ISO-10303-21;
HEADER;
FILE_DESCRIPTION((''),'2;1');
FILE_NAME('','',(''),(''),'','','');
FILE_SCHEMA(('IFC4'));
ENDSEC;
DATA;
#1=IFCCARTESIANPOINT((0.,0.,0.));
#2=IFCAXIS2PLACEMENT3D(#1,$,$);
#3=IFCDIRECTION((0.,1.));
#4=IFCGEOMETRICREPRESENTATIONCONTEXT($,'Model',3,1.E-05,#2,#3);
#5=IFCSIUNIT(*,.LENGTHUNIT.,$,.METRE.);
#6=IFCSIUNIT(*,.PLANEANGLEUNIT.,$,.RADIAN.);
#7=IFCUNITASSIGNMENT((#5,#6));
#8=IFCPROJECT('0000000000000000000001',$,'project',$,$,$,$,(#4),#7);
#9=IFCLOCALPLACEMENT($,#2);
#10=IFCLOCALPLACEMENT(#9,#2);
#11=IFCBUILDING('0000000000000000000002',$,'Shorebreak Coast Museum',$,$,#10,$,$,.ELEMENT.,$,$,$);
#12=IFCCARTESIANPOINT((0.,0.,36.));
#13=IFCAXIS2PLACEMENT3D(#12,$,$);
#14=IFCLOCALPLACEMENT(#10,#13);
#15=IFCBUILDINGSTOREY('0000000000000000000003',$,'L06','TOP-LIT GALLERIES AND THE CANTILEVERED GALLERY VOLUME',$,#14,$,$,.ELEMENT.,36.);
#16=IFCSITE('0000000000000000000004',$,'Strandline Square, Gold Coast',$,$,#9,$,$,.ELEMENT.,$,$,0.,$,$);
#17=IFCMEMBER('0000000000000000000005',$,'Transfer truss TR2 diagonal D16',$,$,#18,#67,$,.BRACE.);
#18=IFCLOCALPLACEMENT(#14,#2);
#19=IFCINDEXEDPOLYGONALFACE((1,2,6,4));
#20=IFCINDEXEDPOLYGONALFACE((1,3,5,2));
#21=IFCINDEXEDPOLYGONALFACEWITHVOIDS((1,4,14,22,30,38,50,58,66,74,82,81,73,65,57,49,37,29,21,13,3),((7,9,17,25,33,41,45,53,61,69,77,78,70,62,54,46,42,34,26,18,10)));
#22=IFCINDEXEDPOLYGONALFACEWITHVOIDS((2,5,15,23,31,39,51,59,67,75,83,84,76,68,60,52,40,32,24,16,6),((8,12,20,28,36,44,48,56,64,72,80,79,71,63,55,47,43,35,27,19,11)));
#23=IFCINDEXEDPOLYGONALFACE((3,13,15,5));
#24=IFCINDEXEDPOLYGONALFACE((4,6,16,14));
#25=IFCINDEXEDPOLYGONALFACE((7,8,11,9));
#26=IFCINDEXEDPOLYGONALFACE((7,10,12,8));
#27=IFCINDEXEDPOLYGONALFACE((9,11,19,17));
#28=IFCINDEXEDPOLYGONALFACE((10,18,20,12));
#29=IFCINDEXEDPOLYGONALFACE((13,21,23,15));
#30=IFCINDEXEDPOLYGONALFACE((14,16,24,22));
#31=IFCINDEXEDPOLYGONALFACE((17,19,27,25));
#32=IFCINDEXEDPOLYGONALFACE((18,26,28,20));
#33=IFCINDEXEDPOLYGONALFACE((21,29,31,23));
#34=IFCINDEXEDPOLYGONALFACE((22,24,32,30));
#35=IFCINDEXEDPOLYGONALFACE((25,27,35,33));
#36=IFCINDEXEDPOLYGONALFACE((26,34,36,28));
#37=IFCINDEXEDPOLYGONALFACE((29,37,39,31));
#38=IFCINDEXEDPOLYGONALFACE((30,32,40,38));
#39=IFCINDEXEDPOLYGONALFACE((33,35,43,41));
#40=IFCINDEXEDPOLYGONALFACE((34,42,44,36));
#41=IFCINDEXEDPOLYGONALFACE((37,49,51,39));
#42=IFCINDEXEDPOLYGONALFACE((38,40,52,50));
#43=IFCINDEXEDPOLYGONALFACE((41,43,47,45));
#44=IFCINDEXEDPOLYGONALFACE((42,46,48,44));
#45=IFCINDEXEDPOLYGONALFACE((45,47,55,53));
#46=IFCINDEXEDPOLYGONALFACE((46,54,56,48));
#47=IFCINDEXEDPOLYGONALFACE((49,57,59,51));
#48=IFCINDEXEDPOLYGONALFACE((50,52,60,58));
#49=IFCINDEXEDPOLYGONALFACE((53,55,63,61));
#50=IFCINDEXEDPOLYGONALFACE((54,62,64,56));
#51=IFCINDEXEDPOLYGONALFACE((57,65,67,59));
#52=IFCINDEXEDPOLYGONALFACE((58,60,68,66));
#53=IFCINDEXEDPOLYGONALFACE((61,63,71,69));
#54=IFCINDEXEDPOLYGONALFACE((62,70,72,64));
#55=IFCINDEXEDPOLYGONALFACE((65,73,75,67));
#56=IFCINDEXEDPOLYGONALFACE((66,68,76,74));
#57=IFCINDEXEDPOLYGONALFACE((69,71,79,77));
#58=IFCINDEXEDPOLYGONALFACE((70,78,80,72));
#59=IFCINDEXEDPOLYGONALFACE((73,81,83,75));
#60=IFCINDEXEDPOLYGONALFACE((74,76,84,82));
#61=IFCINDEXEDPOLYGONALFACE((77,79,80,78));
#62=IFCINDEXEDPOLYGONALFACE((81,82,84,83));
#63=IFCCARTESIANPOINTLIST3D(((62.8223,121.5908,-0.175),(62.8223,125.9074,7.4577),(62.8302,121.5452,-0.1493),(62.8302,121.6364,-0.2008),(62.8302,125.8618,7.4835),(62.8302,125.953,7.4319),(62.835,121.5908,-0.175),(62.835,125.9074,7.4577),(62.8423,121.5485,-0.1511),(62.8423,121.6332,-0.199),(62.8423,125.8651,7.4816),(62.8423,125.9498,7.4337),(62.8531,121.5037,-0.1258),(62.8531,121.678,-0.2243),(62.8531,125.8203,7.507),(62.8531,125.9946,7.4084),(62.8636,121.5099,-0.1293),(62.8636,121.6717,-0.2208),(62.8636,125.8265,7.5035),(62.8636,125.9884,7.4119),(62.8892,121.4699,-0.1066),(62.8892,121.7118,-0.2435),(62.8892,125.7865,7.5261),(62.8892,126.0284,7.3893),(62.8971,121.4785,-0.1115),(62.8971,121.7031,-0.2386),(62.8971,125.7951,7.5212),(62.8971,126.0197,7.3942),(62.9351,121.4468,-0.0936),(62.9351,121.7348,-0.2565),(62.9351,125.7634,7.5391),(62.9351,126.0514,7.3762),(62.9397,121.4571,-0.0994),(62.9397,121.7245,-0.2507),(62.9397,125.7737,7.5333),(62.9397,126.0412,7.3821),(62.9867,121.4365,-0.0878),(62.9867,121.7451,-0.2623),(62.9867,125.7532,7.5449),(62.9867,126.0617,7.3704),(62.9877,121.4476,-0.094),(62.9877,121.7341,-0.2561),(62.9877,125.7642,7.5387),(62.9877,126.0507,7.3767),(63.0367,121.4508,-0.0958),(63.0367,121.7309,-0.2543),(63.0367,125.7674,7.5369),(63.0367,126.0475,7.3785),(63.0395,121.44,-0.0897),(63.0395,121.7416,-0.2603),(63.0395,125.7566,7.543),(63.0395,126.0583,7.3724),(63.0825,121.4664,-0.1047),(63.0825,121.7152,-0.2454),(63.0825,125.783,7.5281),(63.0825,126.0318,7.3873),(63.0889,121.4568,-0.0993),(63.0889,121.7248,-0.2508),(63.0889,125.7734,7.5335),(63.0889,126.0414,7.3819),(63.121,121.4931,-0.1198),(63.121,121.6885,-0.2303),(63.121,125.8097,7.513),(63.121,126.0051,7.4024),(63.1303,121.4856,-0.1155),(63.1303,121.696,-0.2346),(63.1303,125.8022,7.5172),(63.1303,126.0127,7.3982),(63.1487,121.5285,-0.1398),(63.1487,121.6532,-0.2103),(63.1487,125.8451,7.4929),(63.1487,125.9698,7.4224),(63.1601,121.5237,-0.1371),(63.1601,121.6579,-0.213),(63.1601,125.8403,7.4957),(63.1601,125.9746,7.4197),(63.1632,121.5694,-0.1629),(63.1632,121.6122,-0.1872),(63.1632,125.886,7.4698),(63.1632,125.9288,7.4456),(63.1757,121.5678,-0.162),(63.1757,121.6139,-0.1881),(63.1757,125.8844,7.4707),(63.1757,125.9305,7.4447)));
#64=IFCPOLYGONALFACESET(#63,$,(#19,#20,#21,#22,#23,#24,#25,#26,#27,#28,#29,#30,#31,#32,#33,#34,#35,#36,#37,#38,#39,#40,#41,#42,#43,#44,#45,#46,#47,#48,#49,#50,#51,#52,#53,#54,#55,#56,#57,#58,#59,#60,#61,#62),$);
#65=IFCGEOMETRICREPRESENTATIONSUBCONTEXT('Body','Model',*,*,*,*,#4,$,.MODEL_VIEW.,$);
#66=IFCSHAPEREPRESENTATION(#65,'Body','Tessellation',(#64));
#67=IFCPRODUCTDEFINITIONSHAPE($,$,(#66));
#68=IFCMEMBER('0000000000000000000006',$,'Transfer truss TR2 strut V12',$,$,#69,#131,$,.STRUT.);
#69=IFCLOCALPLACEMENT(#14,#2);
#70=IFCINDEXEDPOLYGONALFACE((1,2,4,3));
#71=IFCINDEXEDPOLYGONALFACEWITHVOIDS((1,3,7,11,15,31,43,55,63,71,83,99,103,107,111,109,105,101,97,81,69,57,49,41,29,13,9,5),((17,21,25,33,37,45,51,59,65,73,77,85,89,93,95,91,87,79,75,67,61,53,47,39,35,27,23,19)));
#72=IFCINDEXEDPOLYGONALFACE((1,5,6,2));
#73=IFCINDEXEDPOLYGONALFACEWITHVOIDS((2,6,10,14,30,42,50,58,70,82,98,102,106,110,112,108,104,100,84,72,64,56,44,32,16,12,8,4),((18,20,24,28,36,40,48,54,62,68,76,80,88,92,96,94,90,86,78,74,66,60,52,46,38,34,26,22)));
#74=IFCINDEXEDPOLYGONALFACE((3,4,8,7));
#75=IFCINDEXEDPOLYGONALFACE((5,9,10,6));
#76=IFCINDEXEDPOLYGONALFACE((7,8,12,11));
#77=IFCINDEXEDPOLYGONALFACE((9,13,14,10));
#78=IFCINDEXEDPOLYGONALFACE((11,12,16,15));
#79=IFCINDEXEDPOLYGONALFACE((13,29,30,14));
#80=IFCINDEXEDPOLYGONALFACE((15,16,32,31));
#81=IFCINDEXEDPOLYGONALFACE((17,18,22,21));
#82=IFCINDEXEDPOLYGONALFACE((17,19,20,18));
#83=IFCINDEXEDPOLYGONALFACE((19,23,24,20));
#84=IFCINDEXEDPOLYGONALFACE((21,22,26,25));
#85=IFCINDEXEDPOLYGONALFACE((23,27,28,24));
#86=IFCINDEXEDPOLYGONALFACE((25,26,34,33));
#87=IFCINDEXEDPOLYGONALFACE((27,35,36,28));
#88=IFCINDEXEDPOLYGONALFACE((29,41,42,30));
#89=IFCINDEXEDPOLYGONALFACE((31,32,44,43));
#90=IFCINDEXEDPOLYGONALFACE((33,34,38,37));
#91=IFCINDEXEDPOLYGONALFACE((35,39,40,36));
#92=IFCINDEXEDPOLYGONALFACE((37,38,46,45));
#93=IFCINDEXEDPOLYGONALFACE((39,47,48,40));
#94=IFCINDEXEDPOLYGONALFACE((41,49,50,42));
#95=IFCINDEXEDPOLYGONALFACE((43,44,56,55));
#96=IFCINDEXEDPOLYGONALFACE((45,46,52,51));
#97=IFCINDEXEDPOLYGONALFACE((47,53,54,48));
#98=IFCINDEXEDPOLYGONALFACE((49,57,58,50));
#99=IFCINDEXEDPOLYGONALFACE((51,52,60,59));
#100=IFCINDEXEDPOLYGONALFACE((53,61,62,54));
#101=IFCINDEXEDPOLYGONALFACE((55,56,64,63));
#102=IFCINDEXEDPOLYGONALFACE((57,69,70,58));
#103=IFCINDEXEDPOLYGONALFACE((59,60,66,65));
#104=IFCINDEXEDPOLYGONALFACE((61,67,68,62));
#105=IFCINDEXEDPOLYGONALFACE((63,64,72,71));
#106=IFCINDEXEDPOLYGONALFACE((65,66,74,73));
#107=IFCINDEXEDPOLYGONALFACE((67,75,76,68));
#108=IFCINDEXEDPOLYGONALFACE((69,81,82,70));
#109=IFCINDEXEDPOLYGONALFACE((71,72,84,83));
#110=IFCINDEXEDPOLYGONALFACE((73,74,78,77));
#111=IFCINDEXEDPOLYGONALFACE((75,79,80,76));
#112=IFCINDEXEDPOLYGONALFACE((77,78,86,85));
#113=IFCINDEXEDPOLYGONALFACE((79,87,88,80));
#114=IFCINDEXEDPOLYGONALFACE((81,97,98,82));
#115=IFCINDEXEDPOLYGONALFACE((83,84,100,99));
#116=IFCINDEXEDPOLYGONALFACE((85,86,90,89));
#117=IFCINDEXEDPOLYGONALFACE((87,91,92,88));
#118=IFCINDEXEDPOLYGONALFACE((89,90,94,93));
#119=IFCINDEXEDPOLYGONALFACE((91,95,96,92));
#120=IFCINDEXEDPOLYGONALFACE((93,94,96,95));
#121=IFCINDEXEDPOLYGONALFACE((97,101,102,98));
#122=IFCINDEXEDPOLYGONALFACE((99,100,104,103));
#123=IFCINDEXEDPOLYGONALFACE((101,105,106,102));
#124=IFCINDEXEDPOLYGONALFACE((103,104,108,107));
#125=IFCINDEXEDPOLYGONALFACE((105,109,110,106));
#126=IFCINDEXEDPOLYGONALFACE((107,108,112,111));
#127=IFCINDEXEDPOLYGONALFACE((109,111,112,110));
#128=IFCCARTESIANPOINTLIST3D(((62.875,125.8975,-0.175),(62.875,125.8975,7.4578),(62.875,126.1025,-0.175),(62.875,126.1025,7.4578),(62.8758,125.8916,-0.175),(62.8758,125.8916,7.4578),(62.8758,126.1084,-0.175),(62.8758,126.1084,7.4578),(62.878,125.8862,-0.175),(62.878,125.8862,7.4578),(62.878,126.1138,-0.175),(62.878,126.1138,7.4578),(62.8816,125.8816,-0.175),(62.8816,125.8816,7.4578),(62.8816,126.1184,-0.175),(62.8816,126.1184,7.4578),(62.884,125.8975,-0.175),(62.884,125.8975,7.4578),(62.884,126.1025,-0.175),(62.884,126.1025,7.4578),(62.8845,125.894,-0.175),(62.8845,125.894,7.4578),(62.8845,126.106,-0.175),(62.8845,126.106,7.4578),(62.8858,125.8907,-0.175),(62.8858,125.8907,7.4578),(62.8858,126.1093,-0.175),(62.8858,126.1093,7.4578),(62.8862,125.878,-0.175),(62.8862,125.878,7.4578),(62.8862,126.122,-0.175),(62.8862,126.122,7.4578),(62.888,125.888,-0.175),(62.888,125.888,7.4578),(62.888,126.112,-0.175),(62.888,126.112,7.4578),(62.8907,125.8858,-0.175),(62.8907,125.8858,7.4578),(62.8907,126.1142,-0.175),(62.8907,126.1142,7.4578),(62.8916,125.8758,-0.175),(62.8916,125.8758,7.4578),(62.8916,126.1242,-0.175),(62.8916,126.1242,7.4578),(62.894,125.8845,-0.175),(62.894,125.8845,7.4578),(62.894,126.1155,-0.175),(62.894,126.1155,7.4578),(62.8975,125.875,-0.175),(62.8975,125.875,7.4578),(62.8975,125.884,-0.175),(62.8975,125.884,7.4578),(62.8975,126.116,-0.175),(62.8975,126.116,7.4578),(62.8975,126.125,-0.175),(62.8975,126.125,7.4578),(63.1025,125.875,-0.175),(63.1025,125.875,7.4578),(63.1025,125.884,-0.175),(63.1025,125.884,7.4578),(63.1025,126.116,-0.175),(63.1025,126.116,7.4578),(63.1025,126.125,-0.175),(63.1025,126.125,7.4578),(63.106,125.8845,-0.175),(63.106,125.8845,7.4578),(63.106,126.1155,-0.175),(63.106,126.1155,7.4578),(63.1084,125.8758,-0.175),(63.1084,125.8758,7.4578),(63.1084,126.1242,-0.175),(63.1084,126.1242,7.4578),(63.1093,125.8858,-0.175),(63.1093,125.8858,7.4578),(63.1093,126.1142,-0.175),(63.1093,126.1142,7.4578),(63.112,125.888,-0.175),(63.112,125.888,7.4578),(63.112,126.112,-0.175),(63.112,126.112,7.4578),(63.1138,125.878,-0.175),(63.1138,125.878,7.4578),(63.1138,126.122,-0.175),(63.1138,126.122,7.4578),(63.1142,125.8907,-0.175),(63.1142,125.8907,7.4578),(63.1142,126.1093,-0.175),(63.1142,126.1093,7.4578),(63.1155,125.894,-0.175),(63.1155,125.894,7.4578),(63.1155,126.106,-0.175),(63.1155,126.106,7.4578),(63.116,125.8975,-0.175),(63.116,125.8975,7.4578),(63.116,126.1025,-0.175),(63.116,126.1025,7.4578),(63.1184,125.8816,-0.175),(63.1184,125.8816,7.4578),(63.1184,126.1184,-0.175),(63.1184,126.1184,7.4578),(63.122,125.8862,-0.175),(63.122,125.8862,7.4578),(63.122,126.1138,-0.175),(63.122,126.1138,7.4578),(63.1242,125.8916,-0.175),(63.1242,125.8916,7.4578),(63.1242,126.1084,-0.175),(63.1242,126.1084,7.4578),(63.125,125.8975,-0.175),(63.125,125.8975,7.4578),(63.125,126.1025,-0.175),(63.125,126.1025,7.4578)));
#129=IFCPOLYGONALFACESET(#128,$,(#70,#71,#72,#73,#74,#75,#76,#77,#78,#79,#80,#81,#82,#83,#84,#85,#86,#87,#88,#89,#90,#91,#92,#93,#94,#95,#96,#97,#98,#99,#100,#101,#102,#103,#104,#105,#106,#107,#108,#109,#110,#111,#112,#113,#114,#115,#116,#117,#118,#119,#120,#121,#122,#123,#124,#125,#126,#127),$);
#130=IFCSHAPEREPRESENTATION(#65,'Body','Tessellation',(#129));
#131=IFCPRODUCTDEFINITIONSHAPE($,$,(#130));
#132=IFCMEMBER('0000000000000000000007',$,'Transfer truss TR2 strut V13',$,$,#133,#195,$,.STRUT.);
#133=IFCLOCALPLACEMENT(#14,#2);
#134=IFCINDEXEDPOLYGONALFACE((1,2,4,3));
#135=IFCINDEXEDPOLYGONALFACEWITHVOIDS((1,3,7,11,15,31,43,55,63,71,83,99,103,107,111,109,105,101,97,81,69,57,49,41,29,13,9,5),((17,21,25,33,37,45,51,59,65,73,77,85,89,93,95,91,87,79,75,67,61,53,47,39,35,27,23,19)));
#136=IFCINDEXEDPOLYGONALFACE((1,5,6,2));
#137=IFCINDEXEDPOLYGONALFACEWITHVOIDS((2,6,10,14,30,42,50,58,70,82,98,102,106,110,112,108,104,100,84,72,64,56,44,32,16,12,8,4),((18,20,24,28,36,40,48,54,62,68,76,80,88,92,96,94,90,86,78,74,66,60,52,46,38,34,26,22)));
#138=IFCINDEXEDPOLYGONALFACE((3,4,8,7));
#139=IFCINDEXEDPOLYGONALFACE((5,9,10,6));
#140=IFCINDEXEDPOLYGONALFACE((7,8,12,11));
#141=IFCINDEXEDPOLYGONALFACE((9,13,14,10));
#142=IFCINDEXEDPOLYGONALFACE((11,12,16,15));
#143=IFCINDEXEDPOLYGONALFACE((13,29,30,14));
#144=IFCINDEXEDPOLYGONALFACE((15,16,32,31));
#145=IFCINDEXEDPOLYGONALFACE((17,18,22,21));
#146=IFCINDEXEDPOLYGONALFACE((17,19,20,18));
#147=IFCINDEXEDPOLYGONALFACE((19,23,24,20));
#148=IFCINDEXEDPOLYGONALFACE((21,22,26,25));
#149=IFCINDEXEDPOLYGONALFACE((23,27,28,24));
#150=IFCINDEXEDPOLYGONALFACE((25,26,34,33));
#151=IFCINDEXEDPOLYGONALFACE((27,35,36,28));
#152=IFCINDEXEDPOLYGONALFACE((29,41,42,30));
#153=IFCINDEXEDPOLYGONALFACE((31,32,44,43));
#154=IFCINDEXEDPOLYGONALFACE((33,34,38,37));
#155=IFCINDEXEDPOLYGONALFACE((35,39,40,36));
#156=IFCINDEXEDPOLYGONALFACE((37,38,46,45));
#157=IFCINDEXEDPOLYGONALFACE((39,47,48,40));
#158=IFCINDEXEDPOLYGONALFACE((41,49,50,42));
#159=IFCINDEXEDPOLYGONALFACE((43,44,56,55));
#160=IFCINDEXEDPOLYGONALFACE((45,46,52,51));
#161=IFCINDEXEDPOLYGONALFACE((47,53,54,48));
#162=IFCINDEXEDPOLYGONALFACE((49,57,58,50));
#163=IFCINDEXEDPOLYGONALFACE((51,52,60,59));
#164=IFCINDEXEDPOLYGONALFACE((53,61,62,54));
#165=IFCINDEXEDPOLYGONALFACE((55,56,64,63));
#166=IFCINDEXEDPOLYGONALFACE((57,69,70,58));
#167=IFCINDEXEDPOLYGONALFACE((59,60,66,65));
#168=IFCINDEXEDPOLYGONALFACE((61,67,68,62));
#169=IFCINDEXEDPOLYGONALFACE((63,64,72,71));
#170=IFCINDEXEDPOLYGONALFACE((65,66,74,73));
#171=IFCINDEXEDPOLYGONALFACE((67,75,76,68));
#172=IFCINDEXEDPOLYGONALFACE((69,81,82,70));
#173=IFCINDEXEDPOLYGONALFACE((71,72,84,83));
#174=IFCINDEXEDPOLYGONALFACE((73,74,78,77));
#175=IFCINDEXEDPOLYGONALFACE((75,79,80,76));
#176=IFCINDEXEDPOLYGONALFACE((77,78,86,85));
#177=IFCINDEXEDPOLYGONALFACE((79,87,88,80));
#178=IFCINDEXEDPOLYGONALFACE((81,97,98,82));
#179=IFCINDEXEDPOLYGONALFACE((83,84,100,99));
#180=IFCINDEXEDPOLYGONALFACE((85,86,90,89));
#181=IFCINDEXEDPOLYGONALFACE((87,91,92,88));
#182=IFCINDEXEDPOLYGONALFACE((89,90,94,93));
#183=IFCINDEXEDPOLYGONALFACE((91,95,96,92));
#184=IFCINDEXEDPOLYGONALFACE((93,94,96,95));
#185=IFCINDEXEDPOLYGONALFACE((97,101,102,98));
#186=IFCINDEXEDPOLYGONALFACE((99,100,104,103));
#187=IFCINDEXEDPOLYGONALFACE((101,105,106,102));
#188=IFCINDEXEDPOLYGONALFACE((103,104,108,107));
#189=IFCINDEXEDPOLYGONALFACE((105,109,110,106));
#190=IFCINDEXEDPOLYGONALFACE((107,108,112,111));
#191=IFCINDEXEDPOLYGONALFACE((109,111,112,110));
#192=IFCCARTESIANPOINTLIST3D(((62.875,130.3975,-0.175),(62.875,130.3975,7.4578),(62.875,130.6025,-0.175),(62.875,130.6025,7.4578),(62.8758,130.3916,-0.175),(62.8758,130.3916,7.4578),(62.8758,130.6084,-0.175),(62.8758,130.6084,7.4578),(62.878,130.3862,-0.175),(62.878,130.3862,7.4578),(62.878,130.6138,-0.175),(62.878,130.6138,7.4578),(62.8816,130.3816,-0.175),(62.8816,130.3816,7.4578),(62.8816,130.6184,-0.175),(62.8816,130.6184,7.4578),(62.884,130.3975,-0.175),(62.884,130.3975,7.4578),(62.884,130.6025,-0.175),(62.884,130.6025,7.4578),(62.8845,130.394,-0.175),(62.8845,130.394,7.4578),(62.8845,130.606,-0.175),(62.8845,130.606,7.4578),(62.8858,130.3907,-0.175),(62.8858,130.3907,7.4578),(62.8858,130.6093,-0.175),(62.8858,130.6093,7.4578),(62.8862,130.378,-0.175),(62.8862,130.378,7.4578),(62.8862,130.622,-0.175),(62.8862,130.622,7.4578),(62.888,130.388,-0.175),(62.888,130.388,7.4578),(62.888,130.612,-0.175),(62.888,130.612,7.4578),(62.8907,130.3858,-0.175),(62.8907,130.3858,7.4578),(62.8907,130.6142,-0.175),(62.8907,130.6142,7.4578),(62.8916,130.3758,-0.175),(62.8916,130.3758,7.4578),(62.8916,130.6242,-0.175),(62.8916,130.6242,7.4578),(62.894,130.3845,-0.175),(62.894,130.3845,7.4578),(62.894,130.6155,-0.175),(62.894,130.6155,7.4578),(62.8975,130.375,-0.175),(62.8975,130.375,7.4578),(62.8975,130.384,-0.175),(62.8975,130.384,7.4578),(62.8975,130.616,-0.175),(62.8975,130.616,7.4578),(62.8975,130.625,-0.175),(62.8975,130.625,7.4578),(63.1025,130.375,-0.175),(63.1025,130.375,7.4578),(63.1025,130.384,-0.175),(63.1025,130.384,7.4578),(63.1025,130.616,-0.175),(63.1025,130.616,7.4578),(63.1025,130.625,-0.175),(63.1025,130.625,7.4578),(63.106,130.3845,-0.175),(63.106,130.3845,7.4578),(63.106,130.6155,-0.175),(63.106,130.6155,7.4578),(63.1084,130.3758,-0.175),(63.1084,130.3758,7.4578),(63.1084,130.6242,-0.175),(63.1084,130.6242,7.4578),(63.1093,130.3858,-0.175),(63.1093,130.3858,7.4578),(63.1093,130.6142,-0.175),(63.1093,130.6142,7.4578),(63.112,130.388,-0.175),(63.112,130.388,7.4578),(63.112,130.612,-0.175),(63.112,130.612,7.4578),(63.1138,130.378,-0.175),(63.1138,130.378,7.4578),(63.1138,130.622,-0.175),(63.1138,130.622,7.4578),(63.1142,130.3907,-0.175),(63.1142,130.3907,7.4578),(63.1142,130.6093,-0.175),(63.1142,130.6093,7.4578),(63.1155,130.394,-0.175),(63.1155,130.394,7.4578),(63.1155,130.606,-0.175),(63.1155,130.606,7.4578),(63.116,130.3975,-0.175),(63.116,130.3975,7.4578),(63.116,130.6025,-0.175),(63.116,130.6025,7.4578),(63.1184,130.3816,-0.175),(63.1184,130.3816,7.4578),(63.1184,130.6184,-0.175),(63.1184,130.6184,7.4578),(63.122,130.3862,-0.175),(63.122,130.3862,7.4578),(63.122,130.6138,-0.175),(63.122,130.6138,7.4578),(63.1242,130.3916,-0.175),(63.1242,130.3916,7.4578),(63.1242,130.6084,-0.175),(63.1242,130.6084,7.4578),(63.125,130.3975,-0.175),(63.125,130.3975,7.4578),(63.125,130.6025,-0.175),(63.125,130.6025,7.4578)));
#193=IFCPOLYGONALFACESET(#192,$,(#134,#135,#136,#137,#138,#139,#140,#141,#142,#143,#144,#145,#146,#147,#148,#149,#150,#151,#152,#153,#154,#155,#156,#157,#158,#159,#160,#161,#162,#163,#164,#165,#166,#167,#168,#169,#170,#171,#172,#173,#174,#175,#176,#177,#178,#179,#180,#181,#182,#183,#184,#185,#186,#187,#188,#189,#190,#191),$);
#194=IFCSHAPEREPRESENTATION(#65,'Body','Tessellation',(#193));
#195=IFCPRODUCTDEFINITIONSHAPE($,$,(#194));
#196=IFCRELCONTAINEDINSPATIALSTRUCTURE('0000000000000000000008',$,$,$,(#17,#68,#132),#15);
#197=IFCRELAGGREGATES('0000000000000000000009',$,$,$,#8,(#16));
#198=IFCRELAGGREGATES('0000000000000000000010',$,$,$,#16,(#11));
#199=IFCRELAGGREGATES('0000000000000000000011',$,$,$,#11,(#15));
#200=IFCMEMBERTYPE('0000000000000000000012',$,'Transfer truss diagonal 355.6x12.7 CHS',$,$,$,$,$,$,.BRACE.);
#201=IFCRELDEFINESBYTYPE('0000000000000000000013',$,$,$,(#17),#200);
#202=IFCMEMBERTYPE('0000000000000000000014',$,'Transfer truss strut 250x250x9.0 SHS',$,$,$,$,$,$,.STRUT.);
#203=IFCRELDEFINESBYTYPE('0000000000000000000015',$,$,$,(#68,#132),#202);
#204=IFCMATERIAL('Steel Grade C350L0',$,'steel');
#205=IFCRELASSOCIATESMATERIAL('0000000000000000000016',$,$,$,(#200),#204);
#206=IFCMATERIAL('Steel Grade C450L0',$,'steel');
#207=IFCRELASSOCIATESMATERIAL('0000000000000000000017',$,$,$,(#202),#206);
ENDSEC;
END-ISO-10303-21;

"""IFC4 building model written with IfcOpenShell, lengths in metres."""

from ifc_helpers import new_model, si_unit, direction, frame, origin, origin_2d, place, context, subcontext, project, spatial, hollow_rectangle, hollow_circle, extrude, material, material_profile, profile_set, type_object, element, save


model = new_model("IFC4")

# Units and contexts
model_context = context("Model", 3, precision=1e-05, world=origin(), true_north=direction((0.0, 1.0)))
body_context = subcontext(model_context, "Body", "Model", "MODEL_VIEW")
ifc_project = project(units=[si_unit("LENGTHUNIT", "METRE"), si_unit("PLANEANGLEUNIT", "RADIAN")], contexts=[model_context])

# Site, building, storey
site_placement = place(None, origin())
site = spatial("IfcSite", under=ifc_project, at=site_placement, Name="Strandline Square, Gold Coast", CompositionType="ELEMENT", RefElevation=0.0)
building_placement = place(site_placement, origin())
building = spatial("IfcBuilding", under=site, at=building_placement, Name="Shorebreak Coast Museum", CompositionType="ELEMENT")
storey_placement = place(building_placement, frame((0.0, 0.0, 36.0)))
storey = spatial("IfcBuildingStorey", under=building, at=storey_placement, Name="L06", Description="TOP-LIT GALLERIES AND THE CANTILEVERED GALLERY VOLUME", CompositionType="ELEMENT", Elevation=36.0)

# Members
ifc_material_1 = material(Name="Steel Grade C350L0", Category="steel")
ifc_material_profile_1 = material_profile(ifc_material_1, hollow_circle(Radius=0.1777, WallThickness=0.0127, at=origin_2d()), Name="355.6x12.7 CHS")
ifc_profile_set_1 = profile_set([ifc_material_profile_1], Name="Steel Grade C350L0")
member_type_1 = type_object("IfcMemberType", Name="Transfer truss diagonal 355.6x12.7 CHS", PredefinedType="BRACE", material=ifc_profile_set_1)
member_1_placement = place(storey_placement, frame((63.0, 121.5908, -0.175), z_axis=(0.0, 0.492269, 0.870443), x_axis=(-1.0, 0.0, 0.0)))
element("IfcMember", 1, at=member_1_placement, inside=storey, type_object=member_type_1, Name="Transfer truss TR2 diagonal D16", PredefinedType="BRACE", context=body_context, shape_type="SweptSolid", body=[
    extrude(hollow_circle(Radius=0.1777, WallThickness=0.0127, at=origin_2d()), origin(), (0.0, 0.0, 1.0), 8.7688),
])
ifc_material_2 = material(Name="Steel Grade C450L0", Category="steel")
ifc_material_profile_2 = material_profile(ifc_material_2, hollow_rectangle(XDim=0.25, YDim=0.25, WallThickness=0.009, InnerFilletRadius=0.0134, OuterFilletRadius=0.0225, at=origin_2d()), Name="250x250x9.0 SHS")
ifc_profile_set_2 = profile_set([ifc_material_profile_2], Name="Steel Grade C450L0")
member_type_2 = type_object("IfcMemberType", Name="Transfer truss strut 250x250x9.0 SHS", PredefinedType="STRUT", material=ifc_profile_set_2)
for number, where, z_axis, x_axis, name in (
    (2, (63.0, 126.0, -0.175), (0.0, 0.0, 1.0), (1.0, 0.0, 0.0), "Transfer truss TR2 strut V12"),
    (3, (63.0, 130.5, -0.175), (0.0, 0.0, 1.0), (1.0, 0.0, 0.0), "Transfer truss TR2 strut V13"),
):
    element("IfcMember", number, at=place(storey_placement, frame(where, z_axis=z_axis, x_axis=x_axis)), inside=storey, type_object=member_type_2, Name=name, PredefinedType="STRUT", context=body_context, shape_type="SweptSolid", body=[
        extrude(hollow_rectangle(XDim=0.25, YDim=0.25, WallThickness=0.009, InnerFilletRadius=0.0134, OuterFilletRadius=0.0225, at=origin_2d()), origin(), (0.0, 0.0, 1.0), 7.6328),
    ])

save(model, "model.ifc")
